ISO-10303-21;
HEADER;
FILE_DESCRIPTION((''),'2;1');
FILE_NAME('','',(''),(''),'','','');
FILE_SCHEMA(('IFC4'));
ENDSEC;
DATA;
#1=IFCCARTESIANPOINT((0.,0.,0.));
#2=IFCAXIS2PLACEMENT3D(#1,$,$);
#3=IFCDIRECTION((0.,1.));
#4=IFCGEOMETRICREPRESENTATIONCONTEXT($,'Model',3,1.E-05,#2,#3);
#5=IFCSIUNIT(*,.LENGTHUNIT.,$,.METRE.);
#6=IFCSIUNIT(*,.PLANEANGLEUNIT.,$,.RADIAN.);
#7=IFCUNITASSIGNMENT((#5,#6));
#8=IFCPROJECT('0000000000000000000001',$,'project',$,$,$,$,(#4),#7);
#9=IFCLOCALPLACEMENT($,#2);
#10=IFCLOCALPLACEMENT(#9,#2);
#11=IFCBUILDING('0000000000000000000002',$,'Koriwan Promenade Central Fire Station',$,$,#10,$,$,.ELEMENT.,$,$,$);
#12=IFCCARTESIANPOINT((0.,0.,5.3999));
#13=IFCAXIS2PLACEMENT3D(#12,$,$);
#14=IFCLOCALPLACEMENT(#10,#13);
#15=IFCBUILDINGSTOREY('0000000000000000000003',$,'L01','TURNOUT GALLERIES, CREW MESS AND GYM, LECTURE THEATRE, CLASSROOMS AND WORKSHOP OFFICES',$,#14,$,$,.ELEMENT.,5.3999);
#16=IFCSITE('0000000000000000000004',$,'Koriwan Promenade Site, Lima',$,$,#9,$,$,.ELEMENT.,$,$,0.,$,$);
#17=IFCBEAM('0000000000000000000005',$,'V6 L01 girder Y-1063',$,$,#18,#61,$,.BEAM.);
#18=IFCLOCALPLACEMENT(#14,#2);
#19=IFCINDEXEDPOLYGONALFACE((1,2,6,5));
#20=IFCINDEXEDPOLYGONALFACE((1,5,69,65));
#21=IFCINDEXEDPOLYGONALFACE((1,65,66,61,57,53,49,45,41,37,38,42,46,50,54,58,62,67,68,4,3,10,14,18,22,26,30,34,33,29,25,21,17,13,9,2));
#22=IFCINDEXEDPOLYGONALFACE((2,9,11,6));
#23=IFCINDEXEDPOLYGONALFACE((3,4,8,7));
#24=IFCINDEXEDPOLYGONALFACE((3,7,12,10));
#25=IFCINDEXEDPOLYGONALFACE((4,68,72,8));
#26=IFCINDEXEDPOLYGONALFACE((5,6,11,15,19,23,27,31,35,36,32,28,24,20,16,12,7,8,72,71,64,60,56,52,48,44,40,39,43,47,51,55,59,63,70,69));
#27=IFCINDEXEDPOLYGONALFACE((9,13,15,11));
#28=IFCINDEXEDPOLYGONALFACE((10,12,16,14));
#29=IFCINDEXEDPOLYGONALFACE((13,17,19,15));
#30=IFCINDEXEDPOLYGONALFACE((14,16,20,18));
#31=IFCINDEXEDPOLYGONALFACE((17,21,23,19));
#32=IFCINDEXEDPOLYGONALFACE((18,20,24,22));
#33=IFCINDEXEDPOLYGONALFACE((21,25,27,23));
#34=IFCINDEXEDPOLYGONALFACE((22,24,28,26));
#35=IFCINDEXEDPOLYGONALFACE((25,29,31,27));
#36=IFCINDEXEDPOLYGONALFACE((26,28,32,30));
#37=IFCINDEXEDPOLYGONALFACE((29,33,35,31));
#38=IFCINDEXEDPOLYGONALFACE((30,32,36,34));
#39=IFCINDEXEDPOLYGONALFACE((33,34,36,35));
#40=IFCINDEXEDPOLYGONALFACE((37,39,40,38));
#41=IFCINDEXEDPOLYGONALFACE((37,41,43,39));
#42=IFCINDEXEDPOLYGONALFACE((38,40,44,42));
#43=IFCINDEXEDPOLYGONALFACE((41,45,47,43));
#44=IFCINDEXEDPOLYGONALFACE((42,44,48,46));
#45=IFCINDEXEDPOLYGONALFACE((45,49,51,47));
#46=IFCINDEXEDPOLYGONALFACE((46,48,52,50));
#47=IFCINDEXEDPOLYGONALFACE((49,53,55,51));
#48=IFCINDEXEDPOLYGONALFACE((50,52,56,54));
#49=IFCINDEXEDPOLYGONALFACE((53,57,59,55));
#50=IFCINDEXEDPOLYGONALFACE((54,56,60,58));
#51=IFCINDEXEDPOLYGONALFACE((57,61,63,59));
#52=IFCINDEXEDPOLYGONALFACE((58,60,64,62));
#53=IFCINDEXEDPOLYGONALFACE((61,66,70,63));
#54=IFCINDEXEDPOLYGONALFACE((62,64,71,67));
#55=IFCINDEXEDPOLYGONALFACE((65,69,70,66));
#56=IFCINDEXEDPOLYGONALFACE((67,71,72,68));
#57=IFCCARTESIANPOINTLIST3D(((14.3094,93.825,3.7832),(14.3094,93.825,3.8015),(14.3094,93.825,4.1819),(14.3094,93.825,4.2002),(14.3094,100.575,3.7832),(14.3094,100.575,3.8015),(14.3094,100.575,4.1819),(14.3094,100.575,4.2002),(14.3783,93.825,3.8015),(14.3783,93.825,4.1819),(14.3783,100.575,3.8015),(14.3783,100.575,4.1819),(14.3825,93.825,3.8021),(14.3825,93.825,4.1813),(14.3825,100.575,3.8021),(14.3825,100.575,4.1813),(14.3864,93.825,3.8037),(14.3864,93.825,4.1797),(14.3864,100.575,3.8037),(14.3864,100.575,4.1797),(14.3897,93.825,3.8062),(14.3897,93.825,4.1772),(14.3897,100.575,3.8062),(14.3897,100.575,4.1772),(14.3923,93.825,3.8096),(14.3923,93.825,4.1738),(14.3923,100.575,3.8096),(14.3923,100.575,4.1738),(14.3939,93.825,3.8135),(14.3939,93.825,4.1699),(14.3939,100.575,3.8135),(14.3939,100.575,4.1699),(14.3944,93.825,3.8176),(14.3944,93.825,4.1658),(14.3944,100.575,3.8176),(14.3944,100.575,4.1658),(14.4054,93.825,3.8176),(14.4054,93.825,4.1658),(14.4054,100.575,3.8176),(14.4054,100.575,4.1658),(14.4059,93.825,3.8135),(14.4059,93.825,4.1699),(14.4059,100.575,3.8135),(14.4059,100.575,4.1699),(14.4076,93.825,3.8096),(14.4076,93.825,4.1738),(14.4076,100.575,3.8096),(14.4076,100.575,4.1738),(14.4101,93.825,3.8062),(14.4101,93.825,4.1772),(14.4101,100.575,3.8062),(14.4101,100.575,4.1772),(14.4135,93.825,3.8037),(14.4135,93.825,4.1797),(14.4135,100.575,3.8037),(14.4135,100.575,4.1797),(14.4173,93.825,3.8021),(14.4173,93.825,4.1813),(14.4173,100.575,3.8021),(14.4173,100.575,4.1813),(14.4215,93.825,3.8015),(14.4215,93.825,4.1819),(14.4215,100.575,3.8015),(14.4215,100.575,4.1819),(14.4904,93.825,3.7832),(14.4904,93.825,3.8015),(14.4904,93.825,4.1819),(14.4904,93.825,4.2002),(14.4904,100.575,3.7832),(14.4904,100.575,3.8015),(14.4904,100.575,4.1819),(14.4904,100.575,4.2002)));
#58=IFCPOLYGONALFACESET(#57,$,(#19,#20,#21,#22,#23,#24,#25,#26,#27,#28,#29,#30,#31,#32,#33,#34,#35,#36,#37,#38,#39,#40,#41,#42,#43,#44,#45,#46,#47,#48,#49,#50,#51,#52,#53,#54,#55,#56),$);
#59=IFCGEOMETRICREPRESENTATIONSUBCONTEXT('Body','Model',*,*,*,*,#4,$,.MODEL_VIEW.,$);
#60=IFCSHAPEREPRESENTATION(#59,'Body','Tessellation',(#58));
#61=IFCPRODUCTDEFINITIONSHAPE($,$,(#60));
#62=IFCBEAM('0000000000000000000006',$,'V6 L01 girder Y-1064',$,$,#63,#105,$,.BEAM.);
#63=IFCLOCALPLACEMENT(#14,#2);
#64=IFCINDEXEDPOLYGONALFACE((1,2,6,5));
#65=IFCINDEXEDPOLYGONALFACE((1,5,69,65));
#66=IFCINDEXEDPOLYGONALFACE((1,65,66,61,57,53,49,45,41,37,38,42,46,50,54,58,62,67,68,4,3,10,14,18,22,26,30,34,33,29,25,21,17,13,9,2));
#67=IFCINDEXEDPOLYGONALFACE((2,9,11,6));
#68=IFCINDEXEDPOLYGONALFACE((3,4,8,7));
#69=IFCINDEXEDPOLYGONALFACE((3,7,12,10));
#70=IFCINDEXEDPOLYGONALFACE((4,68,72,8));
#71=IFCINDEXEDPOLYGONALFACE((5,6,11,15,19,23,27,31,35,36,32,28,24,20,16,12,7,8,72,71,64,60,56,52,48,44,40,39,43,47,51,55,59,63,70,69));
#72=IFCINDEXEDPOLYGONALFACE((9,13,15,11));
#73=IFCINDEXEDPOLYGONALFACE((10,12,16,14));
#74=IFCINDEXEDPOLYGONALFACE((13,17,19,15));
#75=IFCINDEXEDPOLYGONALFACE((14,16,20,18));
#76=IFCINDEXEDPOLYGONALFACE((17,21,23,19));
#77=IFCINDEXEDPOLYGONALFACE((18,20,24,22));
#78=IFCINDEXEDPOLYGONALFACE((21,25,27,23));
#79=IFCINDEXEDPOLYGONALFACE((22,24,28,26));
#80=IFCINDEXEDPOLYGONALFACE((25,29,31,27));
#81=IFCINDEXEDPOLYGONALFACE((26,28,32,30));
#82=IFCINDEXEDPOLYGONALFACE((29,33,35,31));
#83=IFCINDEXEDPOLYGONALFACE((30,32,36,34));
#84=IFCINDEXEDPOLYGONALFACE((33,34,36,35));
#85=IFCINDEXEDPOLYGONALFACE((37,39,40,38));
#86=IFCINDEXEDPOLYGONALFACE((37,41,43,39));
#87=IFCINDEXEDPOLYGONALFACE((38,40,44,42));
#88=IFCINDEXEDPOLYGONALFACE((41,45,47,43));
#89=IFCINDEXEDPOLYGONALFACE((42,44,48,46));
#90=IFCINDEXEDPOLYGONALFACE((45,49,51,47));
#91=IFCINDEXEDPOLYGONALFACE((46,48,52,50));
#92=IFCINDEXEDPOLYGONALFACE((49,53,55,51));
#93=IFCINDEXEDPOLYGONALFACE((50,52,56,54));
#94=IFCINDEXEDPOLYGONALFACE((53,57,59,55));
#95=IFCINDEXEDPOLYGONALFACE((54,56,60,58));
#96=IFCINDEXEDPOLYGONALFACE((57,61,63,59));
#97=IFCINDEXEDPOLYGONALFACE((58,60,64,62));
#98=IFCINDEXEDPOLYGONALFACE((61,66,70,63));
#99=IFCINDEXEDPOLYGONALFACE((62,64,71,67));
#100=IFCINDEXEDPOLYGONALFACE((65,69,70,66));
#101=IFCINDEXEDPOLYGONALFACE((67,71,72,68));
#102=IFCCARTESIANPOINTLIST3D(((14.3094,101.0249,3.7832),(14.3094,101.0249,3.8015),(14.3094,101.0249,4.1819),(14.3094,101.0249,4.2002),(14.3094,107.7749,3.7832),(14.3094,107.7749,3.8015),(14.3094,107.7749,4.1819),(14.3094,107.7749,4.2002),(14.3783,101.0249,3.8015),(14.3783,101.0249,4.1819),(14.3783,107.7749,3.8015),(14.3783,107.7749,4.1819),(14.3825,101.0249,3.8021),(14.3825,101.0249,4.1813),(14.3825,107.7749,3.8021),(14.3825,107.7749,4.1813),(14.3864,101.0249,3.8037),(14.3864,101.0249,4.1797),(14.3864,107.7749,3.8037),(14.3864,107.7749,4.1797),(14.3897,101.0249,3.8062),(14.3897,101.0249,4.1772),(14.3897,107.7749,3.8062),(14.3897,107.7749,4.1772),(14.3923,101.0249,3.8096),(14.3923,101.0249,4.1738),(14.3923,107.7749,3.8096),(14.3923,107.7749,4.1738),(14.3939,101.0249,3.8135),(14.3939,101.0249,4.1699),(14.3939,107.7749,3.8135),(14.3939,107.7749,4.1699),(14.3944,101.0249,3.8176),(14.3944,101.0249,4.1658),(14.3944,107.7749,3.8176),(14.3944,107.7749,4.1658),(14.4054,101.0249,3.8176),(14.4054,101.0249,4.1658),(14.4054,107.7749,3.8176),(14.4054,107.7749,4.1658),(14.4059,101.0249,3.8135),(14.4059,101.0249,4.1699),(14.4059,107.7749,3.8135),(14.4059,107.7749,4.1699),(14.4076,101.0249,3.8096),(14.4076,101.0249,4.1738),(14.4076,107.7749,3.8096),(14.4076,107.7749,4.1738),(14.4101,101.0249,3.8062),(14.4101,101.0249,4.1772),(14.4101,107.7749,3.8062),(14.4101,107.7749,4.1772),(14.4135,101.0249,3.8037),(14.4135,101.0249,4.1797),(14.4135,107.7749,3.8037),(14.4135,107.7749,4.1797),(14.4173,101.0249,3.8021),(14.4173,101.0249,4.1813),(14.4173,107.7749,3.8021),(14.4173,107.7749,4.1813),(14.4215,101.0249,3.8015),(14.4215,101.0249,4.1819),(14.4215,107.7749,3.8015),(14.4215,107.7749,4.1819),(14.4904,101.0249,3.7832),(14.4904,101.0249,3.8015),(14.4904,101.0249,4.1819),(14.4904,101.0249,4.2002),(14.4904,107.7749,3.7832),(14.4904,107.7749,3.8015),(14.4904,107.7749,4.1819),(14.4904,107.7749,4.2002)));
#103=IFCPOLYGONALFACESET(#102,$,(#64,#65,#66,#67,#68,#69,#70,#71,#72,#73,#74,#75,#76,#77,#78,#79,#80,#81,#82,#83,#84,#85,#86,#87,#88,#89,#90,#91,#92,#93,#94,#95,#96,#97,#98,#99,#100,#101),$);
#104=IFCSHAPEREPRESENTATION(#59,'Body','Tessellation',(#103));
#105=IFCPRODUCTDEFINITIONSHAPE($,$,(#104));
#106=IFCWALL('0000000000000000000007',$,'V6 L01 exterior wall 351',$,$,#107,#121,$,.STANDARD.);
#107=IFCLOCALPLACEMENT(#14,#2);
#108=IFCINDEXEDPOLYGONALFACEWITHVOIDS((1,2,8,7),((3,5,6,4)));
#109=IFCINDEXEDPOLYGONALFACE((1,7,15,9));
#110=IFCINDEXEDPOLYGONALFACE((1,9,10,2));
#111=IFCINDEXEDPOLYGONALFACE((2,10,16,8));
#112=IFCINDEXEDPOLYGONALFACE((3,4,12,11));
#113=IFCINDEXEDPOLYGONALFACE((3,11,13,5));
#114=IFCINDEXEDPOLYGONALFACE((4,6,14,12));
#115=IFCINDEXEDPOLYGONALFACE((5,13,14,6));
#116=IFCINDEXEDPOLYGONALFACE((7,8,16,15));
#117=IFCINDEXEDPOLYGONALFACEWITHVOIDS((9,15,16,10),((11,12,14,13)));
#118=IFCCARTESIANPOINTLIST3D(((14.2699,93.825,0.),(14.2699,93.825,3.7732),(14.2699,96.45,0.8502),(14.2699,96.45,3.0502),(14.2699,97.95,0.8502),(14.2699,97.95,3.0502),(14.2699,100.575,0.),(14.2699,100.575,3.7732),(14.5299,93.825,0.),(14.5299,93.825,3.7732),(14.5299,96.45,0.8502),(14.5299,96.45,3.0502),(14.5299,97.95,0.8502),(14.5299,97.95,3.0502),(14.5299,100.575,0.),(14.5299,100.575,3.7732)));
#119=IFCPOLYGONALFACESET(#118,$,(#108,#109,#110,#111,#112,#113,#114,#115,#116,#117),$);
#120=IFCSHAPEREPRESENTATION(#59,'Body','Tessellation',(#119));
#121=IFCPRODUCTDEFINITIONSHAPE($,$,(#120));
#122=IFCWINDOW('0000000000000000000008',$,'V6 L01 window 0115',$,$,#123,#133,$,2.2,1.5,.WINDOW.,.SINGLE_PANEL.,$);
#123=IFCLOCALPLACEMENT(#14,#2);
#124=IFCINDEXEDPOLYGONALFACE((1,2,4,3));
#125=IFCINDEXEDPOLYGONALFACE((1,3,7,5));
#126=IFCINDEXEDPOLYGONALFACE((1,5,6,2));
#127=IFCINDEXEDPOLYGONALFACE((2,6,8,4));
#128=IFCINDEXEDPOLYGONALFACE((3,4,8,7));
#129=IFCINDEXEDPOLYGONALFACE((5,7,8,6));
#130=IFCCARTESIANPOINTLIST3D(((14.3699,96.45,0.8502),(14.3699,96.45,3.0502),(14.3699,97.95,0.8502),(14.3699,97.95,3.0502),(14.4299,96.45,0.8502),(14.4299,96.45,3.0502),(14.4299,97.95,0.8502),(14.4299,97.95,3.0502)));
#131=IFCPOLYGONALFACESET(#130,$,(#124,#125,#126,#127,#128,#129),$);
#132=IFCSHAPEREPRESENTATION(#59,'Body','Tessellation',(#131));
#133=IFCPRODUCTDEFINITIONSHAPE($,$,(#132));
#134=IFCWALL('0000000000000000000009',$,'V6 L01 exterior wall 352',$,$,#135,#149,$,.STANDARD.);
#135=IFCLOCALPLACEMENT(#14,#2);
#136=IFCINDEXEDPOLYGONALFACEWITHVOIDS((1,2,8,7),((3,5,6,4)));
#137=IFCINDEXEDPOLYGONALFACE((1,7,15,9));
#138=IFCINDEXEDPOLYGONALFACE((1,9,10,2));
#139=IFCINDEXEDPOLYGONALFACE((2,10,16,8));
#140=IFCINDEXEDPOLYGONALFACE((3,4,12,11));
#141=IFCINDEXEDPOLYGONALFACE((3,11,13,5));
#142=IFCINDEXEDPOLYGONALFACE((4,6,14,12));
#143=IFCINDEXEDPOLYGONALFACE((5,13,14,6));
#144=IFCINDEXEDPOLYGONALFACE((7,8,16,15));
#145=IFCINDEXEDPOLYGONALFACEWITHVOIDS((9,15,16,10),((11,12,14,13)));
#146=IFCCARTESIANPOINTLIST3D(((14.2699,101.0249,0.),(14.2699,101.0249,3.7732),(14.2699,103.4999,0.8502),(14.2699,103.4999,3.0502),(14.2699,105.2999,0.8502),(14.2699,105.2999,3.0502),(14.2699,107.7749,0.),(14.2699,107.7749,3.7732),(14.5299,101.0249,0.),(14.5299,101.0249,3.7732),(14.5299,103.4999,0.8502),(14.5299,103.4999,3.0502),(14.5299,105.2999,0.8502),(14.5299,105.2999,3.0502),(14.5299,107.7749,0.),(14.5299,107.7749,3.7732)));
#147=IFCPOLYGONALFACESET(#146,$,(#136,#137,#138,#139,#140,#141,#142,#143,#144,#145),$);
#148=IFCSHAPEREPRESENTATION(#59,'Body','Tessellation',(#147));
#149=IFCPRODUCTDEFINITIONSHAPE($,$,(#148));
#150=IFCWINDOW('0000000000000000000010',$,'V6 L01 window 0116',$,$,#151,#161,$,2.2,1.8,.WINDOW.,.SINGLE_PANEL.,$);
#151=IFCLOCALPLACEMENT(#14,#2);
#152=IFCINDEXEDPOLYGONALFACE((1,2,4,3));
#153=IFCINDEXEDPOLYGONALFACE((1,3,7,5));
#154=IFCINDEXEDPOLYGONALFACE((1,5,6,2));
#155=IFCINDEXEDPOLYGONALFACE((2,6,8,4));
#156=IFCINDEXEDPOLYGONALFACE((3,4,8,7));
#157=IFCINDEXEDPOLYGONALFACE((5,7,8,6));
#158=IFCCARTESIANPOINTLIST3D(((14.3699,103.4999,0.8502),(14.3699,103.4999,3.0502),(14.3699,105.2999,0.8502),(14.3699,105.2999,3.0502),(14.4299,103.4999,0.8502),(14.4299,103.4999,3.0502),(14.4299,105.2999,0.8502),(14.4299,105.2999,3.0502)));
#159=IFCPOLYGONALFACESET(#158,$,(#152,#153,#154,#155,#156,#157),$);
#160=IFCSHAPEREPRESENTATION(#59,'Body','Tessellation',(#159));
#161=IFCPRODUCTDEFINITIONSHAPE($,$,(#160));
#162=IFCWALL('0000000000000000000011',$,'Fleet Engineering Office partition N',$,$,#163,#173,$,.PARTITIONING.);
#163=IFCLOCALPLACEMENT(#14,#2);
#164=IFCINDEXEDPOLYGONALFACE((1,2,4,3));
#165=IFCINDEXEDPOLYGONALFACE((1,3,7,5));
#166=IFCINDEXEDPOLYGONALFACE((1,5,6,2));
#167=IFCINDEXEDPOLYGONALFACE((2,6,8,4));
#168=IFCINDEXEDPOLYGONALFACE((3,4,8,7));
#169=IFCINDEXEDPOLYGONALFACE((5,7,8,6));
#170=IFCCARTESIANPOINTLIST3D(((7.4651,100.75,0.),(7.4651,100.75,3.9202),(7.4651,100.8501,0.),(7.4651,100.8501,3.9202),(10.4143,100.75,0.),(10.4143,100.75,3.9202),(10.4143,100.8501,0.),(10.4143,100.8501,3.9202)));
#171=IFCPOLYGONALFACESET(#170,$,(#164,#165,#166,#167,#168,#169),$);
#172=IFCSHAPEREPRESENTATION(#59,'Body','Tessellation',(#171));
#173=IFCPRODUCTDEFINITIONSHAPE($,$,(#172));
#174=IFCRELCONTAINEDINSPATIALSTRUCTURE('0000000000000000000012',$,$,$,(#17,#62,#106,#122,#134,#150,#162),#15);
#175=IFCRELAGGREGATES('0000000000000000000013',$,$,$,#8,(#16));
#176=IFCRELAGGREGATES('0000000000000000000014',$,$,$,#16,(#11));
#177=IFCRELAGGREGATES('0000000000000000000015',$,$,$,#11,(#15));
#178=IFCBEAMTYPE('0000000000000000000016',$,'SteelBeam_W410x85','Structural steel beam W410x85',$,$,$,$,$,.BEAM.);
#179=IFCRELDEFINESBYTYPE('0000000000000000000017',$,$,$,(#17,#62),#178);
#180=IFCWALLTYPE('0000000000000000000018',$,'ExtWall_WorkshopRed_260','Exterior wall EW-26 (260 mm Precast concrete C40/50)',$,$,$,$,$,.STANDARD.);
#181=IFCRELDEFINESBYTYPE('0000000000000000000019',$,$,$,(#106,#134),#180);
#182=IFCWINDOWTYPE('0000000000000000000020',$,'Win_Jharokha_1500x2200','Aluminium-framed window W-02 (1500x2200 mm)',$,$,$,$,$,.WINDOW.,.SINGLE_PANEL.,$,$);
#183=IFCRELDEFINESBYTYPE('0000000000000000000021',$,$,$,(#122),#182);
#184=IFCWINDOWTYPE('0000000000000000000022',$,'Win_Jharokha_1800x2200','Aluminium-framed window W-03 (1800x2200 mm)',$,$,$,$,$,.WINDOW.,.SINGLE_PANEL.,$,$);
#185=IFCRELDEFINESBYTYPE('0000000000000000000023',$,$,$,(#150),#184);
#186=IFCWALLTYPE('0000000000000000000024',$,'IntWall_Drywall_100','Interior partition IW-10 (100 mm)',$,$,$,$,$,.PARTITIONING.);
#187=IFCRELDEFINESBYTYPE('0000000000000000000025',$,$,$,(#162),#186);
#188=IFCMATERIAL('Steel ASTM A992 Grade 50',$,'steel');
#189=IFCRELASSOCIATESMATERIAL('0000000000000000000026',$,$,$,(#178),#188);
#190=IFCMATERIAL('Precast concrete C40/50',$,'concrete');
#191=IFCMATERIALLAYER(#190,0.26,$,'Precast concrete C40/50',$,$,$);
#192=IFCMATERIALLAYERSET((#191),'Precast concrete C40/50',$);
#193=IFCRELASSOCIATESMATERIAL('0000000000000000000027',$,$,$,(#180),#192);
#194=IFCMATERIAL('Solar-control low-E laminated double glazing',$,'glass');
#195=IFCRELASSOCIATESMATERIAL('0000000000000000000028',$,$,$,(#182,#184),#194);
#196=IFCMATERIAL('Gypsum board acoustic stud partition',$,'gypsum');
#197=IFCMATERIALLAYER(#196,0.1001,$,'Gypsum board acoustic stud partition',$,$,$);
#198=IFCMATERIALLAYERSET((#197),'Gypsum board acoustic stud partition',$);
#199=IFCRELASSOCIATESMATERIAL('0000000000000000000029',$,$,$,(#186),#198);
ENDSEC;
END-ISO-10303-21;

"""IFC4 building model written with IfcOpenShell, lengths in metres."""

from ifc_helpers import new_model, si_unit, direction, frame, frame_2d, origin, origin_2d, place, context, subcontext, project, spatial, rectangle, i_section, extrude, material, layer, layer_set, material_profile, profile_set, type_object, element, fill, save


model = new_model("IFC4")

# Units and contexts
model_context = context("Model", 3, precision=1e-05, world=origin(), true_north=direction((0.0, 1.0)))
body_context = subcontext(model_context, "Body", "Model", "MODEL_VIEW")
ifc_project = project(units=[si_unit("LENGTHUNIT", "METRE"), si_unit("PLANEANGLEUNIT", "RADIAN")], contexts=[model_context])

# Site, building, storey
site_placement = place(None, origin())
site = spatial("IfcSite", under=ifc_project, at=site_placement, Name="Koriwan Promenade Site, Lima", CompositionType="ELEMENT", RefElevation=0.0)
building_placement = place(site_placement, origin())
building = spatial("IfcBuilding", under=site, at=building_placement, Name="Koriwan Promenade Central Fire Station", CompositionType="ELEMENT")
storey_placement = place(building_placement, frame((0.0, 0.0, 5.3999)))
storey = spatial("IfcBuildingStorey", under=building, at=storey_placement, Name="L01", Description="TURNOUT GALLERIES, CREW MESS AND GYM, LECTURE THEATRE, CLASSROOMS AND WORKSHOP OFFICES", CompositionType="ELEMENT", Elevation=5.3999)

# Beams
ifc_material_1 = material(Name="Steel ASTM A992 Grade 50", Category="steel")
ifc_material_profile_1 = material_profile(ifc_material_1, i_section(OverallWidth=0.1809, OverallDepth=0.417, WebThickness=0.011, FlangeThickness=0.0183, FilletRadius=0.0161, at=origin_2d()), Name="W410x85")
ifc_profile_set_1 = profile_set([ifc_material_profile_1], Name="Steel ASTM A992 Grade 50")
beam_type_1 = type_object("IfcBeamType", Name="SteelBeam_W410x85", Description="Structural steel beam W410x85", PredefinedType="BEAM", material=ifc_profile_set_1)
for number, where, z_axis, x_axis, name in (
    (1, (14.3999, 93.825, 3.9917), (0.0, 1.0, 0.0), (-1.0, 0.0, 0.0), "V6 L01 girder Y-1063"),
    (2, (14.3999, 101.0249, 3.9917), (0.0, 1.0, 0.0), (-1.0, 0.0, 0.0), "V6 L01 girder Y-1064"),
):
    element("IfcBeam", number, at=place(storey_placement, frame(where, z_axis=z_axis, x_axis=x_axis)), inside=storey, type_object=beam_type_1, Name=name, PredefinedType="BEAM", context=body_context, shape_type="SweptSolid", body=[
        extrude(i_section(OverallWidth=0.1809, OverallDepth=0.417, WebThickness=0.011, FlangeThickness=0.0183, FilletRadius=0.0161, at=origin_2d()), origin(), (0.0, 0.0, 1.0), 6.75),
    ])

# Walls, openings, windows
ifc_material_2 = material(Name="Precast concrete C40/50", Category="concrete")
ifc_layer_1 = layer(ifc_material_2, 0.26, Name="Precast concrete C40/50")
ifc_layer_set_1 = layer_set([ifc_layer_1], Name="Precast concrete C40/50")
wall_type_1 = type_object("IfcWallType", Name="ExtWall_WorkshopRed_260", Description="Exterior wall EW-26 (260 mm Precast concrete C40/50)", PredefinedType="STANDARD", material=ifc_layer_set_1)
wall_1_placement = place(storey_placement, frame((14.3999, 93.825, 0.0), z_axis=(0.0, 0.0, 1.0), x_axis=(0.0, 1.0, 0.0)))
wall_1 = element("IfcWall", 3, at=wall_1_placement, inside=storey, type_object=wall_type_1, Name="V6 L01 exterior wall 351", PredefinedType="STANDARD", context=body_context, shape_type="SweptSolid", body=[
    extrude(rectangle(XDim=6.75, YDim=0.26, at=frame_2d((3.375, 0.0))), origin(), (0.0, 0.0, 1.0), 3.7732),
])
opening_1_placement = place(wall_1_placement, frame((2.625, 0.0, 0.8501)))
opening_1 = element("IfcOpeningElement", 4, at=opening_1_placement, cuts=wall_1, PredefinedType="OPENING", context=body_context, shape_type="SweptSolid", body=[
    extrude(rectangle(XDim=1.5, YDim=2.2, at=frame_2d((0.75, 1.1001))), frame((0.0, 0.1421, 0.0), z_axis=(0.0, -1.0, 0.0), x_axis=(1.0, 0.0, 0.0)), (0.0, 0.0, 1.0), 0.2839),
])
ifc_material_3 = material(Name="Solar-control low-E laminated double glazing", Category="glass")
window_type_1 = type_object("IfcWindowType", Name="Win_Jharokha_1500x2200", Description="Aluminium-framed window W-02 (1500x2200 mm)", PartitioningType="SINGLE_PANEL", PredefinedType="WINDOW", material=ifc_material_3)
window_1_placement = place(opening_1_placement, origin())
window_1 = element("IfcWindow", 5, at=window_1_placement, inside=storey, type_object=window_type_1, Name="V6 L01 window 0115", OverallHeight=2.2, OverallWidth=1.5, PartitioningType="SINGLE_PANEL", PredefinedType="WINDOW", context=body_context, shape_type="SweptSolid", body=[
    extrude(rectangle(XDim=1.5, YDim=2.2, at=frame_2d((0.75, 1.1001))), frame((0.0, 0.03, 0.0), z_axis=(0.0, -1.0, 0.0), x_axis=(1.0, 0.0, 0.0)), (0.0, 0.0, 1.0), 0.0601),
])
fill(opening_1, window_1)
wall_2_placement = place(storey_placement, frame((14.3999, 101.0249, 0.0), z_axis=(0.0, 0.0, 1.0), x_axis=(0.0, 1.0, 0.0)))
wall_2 = element("IfcWall", 6, at=wall_2_placement, inside=storey, type_object=wall_type_1, Name="V6 L01 exterior wall 352", PredefinedType="STANDARD", context=body_context, shape_type="SweptSolid", body=[
    extrude(rectangle(XDim=6.75, YDim=0.26, at=frame_2d((3.375, 0.0))), origin(), (0.0, 0.0, 1.0), 3.7732),
])
opening_2_placement = place(wall_2_placement, frame((2.4751, 0.0, 0.8501)))
opening_2 = element("IfcOpeningElement", 7, at=opening_2_placement, cuts=wall_2, PredefinedType="OPENING", context=body_context, shape_type="SweptSolid", body=[
    extrude(rectangle(XDim=1.8, YDim=2.2, at=frame_2d((0.8999, 1.1001))), frame((0.0, 0.1421, 0.0), z_axis=(0.0, -1.0, 0.0), x_axis=(1.0, 0.0, 0.0)), (0.0, 0.0, 1.0), 0.2839),
])
window_type_2 = type_object("IfcWindowType", Name="Win_Jharokha_1800x2200", Description="Aluminium-framed window W-03 (1800x2200 mm)", PartitioningType="SINGLE_PANEL", PredefinedType="WINDOW", material=ifc_material_3)
window_2_placement = place(opening_2_placement, origin())
window_2 = element("IfcWindow", 8, at=window_2_placement, inside=storey, type_object=window_type_2, Name="V6 L01 window 0116", OverallHeight=2.2, OverallWidth=1.8, PartitioningType="SINGLE_PANEL", PredefinedType="WINDOW", context=body_context, shape_type="SweptSolid", body=[
    extrude(rectangle(XDim=1.8, YDim=2.2, at=frame_2d((0.8999, 1.1001))), frame((0.0, 0.03, 0.0), z_axis=(0.0, -1.0, 0.0), x_axis=(1.0, 0.0, 0.0)), (0.0, 0.0, 1.0), 0.0601),
])
fill(opening_2, window_2)

# Wall
ifc_material_4 = material(Name="Gypsum board acoustic stud partition", Category="gypsum")
ifc_layer_2 = layer(ifc_material_4, 0.1001, Name="Gypsum board acoustic stud partition")
ifc_layer_set_2 = layer_set([ifc_layer_2], Name="Gypsum board acoustic stud partition")
wall_type_2 = type_object("IfcWallType", Name="IntWall_Drywall_100", Description="Interior partition IW-10 (100 mm)", PredefinedType="PARTITIONING", material=ifc_layer_set_2)
wall_3_placement = place(storey_placement, frame((7.4651, 100.8, 0.0), z_axis=(0.0, 0.0, 1.0), x_axis=(1.0, 0.0, 0.0)))
element("IfcWall", 9, at=wall_3_placement, inside=storey, type_object=wall_type_2, Name="Fleet Engineering Office partition N", PredefinedType="PARTITIONING", context=body_context, shape_type="SweptSolid", body=[
    extrude(rectangle(XDim=2.9492, YDim=0.1001, at=frame_2d((1.4746, 0.0))), origin(), (0.0, 0.0, 1.0), 3.9202),
])

save(model, "model.ifc")
